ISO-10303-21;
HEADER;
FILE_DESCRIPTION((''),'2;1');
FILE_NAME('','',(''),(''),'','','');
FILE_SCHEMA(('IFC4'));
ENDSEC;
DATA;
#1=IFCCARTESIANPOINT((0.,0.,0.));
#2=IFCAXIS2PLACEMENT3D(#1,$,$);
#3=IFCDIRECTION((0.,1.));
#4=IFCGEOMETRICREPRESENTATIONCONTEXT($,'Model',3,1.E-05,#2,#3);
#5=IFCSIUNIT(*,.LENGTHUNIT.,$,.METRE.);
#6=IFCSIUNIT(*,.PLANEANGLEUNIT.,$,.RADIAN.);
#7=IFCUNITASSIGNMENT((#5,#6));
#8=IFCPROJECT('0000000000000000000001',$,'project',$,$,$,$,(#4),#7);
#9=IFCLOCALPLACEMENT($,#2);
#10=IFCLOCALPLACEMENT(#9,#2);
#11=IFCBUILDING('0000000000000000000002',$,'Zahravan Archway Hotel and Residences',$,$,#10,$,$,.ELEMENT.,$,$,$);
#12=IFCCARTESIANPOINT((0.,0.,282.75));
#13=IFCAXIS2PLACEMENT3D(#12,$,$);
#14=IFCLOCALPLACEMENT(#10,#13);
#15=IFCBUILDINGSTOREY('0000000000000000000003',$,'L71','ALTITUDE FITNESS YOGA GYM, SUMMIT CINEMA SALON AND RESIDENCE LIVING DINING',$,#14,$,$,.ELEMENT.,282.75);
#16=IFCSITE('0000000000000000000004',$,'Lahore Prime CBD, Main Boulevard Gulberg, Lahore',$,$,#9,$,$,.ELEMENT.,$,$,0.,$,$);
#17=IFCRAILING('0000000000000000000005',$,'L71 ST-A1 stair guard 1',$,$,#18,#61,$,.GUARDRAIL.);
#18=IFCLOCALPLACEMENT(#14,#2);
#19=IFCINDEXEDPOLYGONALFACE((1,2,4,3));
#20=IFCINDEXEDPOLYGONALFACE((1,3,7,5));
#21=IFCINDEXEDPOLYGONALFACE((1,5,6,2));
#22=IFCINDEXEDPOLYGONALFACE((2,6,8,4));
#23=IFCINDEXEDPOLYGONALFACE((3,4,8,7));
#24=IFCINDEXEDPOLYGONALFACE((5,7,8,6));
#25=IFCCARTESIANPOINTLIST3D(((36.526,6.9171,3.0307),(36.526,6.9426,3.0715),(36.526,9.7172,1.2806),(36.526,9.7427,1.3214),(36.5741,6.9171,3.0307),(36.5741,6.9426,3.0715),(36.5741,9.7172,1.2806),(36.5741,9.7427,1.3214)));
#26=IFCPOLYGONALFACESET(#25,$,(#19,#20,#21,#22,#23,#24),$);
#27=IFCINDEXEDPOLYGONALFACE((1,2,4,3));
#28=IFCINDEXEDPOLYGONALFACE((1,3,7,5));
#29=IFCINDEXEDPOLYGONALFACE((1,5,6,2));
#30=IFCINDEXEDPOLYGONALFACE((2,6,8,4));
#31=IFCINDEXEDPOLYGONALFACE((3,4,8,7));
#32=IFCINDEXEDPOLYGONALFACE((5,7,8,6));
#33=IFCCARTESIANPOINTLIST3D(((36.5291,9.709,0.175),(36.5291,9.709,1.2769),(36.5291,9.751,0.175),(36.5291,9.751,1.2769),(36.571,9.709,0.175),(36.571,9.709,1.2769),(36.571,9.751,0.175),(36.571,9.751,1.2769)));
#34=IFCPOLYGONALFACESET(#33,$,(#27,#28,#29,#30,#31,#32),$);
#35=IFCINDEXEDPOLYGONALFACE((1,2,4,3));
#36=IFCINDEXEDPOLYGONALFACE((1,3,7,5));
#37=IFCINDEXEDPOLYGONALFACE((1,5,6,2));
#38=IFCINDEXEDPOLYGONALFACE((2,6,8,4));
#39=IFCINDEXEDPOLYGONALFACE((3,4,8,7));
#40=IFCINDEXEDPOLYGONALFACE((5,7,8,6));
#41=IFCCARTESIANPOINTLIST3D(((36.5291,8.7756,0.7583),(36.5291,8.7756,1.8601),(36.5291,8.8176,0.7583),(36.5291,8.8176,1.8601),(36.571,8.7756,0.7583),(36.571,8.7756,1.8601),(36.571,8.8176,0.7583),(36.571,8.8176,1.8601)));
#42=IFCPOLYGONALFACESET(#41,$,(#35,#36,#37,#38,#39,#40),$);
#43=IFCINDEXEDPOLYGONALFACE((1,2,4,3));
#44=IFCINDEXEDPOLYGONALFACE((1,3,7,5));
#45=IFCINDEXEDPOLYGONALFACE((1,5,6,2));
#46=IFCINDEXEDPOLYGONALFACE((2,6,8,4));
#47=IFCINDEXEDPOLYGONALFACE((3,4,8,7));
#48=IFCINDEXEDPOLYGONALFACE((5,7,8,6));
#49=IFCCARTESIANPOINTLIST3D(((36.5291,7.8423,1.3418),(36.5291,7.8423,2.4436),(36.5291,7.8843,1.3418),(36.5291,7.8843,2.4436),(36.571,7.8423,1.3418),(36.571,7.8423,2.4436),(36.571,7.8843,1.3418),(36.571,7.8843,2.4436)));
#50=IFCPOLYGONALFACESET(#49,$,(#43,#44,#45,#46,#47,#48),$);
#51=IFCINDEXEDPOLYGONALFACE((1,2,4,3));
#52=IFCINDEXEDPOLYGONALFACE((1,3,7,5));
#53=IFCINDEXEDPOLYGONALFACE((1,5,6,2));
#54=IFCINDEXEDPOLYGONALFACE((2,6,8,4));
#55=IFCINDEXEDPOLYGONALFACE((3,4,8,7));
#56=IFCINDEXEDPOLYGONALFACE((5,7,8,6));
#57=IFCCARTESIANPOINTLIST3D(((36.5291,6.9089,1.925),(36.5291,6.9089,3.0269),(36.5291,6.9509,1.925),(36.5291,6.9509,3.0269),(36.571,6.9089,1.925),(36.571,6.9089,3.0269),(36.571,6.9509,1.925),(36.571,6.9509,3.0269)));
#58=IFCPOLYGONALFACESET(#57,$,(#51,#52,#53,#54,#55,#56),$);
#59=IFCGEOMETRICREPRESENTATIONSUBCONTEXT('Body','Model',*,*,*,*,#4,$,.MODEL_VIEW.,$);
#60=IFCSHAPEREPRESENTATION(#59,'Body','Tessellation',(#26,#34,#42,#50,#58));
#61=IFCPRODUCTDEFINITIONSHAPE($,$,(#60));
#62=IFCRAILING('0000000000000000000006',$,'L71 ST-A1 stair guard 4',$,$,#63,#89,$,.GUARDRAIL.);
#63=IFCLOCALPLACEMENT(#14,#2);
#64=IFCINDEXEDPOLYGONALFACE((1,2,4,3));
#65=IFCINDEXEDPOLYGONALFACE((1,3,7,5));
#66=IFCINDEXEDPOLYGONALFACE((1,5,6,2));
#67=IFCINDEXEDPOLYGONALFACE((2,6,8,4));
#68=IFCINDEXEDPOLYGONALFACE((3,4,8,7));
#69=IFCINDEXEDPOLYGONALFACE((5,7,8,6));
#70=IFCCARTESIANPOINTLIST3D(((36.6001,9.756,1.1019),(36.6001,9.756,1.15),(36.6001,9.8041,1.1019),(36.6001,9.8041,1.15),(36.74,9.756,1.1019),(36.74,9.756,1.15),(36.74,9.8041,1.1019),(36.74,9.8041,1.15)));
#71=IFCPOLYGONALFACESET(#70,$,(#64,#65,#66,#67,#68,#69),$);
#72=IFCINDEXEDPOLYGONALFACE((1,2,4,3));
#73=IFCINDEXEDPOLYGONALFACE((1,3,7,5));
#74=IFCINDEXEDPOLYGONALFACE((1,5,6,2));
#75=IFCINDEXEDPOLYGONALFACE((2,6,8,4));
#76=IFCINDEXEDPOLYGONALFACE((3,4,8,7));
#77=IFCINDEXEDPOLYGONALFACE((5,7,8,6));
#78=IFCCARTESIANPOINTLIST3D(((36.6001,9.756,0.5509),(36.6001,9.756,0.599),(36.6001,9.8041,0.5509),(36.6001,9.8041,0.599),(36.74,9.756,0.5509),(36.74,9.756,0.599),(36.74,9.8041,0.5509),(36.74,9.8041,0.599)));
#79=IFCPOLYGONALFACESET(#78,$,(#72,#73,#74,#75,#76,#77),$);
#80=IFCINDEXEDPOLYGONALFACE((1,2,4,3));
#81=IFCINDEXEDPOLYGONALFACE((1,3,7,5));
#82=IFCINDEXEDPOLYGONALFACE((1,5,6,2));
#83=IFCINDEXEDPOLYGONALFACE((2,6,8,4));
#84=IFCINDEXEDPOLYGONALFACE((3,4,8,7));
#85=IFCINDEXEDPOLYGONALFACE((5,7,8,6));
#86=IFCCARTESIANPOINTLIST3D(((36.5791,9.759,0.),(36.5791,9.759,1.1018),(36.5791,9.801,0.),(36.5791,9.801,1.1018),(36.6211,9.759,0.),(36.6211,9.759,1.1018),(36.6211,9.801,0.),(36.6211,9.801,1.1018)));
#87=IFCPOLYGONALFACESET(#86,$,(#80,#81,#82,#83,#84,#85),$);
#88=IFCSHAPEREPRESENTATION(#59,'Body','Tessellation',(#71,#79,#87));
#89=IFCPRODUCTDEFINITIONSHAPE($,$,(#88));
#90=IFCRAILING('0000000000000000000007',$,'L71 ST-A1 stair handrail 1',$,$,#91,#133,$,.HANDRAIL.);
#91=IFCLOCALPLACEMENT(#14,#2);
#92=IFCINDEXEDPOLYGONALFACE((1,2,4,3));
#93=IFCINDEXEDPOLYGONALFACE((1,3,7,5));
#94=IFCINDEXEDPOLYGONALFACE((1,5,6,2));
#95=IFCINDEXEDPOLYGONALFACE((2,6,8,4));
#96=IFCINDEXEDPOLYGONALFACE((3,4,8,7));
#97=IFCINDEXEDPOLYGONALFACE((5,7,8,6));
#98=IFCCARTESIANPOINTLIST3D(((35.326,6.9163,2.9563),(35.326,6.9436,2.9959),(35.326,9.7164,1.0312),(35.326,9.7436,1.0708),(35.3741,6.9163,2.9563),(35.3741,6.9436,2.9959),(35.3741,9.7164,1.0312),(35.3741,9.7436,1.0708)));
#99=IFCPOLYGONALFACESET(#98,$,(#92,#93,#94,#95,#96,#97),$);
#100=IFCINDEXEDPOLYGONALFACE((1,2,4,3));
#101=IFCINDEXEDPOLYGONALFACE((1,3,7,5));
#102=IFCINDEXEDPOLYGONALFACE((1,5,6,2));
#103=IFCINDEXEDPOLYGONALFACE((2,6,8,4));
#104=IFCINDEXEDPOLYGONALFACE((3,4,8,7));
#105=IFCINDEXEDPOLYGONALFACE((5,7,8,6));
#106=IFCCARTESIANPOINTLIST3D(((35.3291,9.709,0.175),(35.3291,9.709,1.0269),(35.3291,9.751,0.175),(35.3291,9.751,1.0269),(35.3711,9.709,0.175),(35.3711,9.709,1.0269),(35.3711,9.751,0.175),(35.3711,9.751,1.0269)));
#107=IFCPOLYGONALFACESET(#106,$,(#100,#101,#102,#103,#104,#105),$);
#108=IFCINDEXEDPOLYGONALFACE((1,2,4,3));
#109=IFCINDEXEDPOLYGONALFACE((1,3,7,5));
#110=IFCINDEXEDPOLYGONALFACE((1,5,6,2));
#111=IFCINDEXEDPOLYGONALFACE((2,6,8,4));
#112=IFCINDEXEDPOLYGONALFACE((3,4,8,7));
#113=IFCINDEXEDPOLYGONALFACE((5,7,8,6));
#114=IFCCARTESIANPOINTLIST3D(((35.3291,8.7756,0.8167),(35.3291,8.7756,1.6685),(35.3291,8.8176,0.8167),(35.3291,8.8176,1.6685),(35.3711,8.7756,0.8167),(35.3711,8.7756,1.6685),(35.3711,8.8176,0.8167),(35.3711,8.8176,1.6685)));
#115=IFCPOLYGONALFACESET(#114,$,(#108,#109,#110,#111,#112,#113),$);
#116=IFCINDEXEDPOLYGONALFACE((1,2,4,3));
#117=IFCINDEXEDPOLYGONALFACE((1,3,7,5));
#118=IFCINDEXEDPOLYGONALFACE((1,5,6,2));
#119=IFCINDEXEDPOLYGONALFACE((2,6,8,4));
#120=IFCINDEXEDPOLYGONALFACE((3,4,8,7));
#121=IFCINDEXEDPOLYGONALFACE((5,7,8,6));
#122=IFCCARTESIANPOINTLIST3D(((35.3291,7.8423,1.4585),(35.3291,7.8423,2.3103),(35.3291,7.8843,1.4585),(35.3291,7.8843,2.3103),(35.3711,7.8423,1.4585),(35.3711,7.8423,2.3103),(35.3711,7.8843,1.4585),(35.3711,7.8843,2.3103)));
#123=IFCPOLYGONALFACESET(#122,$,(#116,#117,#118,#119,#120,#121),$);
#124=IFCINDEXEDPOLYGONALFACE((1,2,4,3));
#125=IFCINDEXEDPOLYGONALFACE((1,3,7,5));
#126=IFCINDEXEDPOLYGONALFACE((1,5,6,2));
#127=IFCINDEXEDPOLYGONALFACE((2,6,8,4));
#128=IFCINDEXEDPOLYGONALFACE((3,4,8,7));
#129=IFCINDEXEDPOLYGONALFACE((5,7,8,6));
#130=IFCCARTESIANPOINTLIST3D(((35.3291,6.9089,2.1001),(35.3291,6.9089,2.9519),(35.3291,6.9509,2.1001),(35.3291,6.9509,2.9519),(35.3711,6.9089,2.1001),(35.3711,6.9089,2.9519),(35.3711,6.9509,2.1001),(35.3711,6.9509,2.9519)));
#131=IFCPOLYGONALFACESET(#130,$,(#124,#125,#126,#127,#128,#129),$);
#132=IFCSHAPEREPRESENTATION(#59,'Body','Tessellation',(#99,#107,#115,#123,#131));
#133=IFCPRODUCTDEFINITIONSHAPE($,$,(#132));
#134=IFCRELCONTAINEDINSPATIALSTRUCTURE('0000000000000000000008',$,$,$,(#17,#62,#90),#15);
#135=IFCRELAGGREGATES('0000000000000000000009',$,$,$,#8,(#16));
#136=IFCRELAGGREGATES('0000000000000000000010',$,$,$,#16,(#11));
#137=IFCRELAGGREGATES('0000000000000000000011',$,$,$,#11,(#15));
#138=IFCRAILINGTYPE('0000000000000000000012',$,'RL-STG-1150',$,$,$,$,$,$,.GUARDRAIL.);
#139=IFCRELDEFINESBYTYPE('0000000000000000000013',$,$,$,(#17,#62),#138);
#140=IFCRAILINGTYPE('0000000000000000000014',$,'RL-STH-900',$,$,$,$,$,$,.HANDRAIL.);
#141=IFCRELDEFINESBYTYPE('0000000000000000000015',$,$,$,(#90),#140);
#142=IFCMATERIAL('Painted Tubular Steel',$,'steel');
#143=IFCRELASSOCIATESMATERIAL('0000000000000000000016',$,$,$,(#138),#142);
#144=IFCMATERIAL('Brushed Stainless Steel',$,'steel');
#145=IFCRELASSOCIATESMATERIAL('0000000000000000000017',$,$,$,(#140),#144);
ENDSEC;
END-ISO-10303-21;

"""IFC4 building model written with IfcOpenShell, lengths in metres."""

from ifc_helpers import new_model, si_unit, direction, frame, origin, origin_2d, place, context, subcontext, project, spatial, rectangle, extrude, material, type_object, element, save


model = new_model("IFC4")

# Units and contexts
model_context = context("Model", 3, precision=1e-05, world=origin(), true_north=direction((0.0, 1.0)))
body_context = subcontext(model_context, "Body", "Model", "MODEL_VIEW")
ifc_project = project(units=[si_unit("LENGTHUNIT", "METRE"), si_unit("PLANEANGLEUNIT", "RADIAN")], contexts=[model_context])

# Site, building, storey
site_placement = place(None, origin())
site = spatial("IfcSite", under=ifc_project, at=site_placement, Name="Lahore Prime CBD, Main Boulevard Gulberg, Lahore", CompositionType="ELEMENT", RefElevation=0.0)
building_placement = place(site_placement, origin())
building = spatial("IfcBuilding", under=site, at=building_placement, Name="Zahravan Archway Hotel and Residences", CompositionType="ELEMENT")
storey_placement = place(building_placement, frame((0.0, 0.0, 282.75)))
storey = spatial("IfcBuildingStorey", under=building, at=storey_placement, Name="L71", Description="ALTITUDE FITNESS YOGA GYM, SUMMIT CINEMA SALON AND RESIDENCE LIVING DINING", CompositionType="ELEMENT", Elevation=282.75)

# Shared definitions
ifc_material_1 = material(Name="Brushed Stainless Steel", Category="steel")

# Railings
ifc_material_2 = material(Name="Painted Tubular Steel", Category="steel")
railing_type_1 = type_object("IfcRailingType", Name="RL-STG-1150", PredefinedType="GUARDRAIL", material=ifc_material_2)
railing_1_placement = place(storey_placement, frame((36.55, 9.73, 0.175)))
element("IfcRailing", 1, at=railing_1_placement, inside=storey, type_object=railing_type_1, Name="L71 ST-A1 stair guard 1", PredefinedType="GUARDRAIL", context=body_context, shape_type="SweptSolid", body=[
    extrude(rectangle(XDim=0.0481, YDim=0.0481, at=origin_2d()), frame((0.0, 0.0, 1.126), z_axis=(0.0, -0.848002, 0.529992), x_axis=(1.0, 0.0, 0.0)), (0.0, 0.0, 1.0), 3.302),
    extrude(rectangle(XDim=0.042, YDim=0.042, at=origin_2d()), origin(), (0.0, 0.0, 1.0), 1.1018),
    extrude(rectangle(XDim=0.042, YDim=0.042, at=origin_2d()), frame((0.0, -0.9333, 0.5833)), (0.0, 0.0, 1.0), 1.1018),
    extrude(rectangle(XDim=0.042, YDim=0.042, at=origin_2d()), frame((0.0, -1.8667, 1.1667)), (0.0, 0.0, 1.0), 1.1018),
    extrude(rectangle(XDim=0.042, YDim=0.042, at=origin_2d()), frame((0.0, -2.8, 1.75)), (0.0, 0.0, 1.0), 1.1018),
])
railing_2_placement = place(storey_placement, frame((36.6001, 9.78, 0.0)))
element("IfcRailing", 2, at=railing_2_placement, inside=storey, type_object=railing_type_1, Name="L71 ST-A1 stair guard 4", PredefinedType="GUARDRAIL", context=body_context, shape_type="SweptSolid", body=[
    extrude(rectangle(XDim=0.0481, YDim=0.0481, at=origin_2d()), frame((0.0, 0.0, 1.126), z_axis=(1.0, 0.0, 0.0), x_axis=(0.0, 1.0, 0.0)), (0.0, 0.0, 1.0), 0.1399),
    extrude(rectangle(XDim=0.0481, YDim=0.0481, at=origin_2d()), frame((0.0, 0.0, 0.575), z_axis=(1.0, 0.0, 0.0), x_axis=(0.0, 1.0, 0.0)), (0.0, 0.0, 1.0), 0.1399),
    extrude(rectangle(XDim=0.042, YDim=0.042, at=origin_2d()), origin(), (0.0, 0.0, 1.0), 1.1018),
])
railing_type_2 = type_object("IfcRailingType", Name="RL-STH-900", PredefinedType="HANDRAIL", material=ifc_material_1)
railing_3_placement = place(storey_placement, frame((35.3501, 9.73, 0.175)))
element("IfcRailing", 3, at=railing_3_placement, inside=storey, type_object=railing_type_2, Name="L71 ST-A1 stair handrail 1", PredefinedType="HANDRAIL", context=body_context, shape_type="SweptSolid", body=[
    extrude(rectangle(XDim=0.0481, YDim=0.0481, at=origin_2d()), frame((0.0, 0.0, 0.876), z_axis=(0.0, -0.82404, 0.566532), x_axis=(1.0, 0.0, 0.0)), (0.0, 0.0, 1.0), 3.3979),
    extrude(rectangle(XDim=0.042, YDim=0.042, at=origin_2d()), origin(), (0.0, 0.0, 1.0), 0.8518),
    extrude(rectangle(XDim=0.042, YDim=0.042, at=origin_2d()), frame((0.0, -0.9333, 0.6416)), (0.0, 0.0, 1.0), 0.8518),
    extrude(rectangle(XDim=0.042, YDim=0.042, at=origin_2d()), frame((0.0, -1.8667, 1.2834)), (0.0, 0.0, 1.0), 0.8518),
    extrude(rectangle(XDim=0.042, YDim=0.042, at=origin_2d()), frame((0.0, -2.8, 1.925)), (0.0, 0.0, 1.0), 0.8518),
])

save(model, "model.ifc")
